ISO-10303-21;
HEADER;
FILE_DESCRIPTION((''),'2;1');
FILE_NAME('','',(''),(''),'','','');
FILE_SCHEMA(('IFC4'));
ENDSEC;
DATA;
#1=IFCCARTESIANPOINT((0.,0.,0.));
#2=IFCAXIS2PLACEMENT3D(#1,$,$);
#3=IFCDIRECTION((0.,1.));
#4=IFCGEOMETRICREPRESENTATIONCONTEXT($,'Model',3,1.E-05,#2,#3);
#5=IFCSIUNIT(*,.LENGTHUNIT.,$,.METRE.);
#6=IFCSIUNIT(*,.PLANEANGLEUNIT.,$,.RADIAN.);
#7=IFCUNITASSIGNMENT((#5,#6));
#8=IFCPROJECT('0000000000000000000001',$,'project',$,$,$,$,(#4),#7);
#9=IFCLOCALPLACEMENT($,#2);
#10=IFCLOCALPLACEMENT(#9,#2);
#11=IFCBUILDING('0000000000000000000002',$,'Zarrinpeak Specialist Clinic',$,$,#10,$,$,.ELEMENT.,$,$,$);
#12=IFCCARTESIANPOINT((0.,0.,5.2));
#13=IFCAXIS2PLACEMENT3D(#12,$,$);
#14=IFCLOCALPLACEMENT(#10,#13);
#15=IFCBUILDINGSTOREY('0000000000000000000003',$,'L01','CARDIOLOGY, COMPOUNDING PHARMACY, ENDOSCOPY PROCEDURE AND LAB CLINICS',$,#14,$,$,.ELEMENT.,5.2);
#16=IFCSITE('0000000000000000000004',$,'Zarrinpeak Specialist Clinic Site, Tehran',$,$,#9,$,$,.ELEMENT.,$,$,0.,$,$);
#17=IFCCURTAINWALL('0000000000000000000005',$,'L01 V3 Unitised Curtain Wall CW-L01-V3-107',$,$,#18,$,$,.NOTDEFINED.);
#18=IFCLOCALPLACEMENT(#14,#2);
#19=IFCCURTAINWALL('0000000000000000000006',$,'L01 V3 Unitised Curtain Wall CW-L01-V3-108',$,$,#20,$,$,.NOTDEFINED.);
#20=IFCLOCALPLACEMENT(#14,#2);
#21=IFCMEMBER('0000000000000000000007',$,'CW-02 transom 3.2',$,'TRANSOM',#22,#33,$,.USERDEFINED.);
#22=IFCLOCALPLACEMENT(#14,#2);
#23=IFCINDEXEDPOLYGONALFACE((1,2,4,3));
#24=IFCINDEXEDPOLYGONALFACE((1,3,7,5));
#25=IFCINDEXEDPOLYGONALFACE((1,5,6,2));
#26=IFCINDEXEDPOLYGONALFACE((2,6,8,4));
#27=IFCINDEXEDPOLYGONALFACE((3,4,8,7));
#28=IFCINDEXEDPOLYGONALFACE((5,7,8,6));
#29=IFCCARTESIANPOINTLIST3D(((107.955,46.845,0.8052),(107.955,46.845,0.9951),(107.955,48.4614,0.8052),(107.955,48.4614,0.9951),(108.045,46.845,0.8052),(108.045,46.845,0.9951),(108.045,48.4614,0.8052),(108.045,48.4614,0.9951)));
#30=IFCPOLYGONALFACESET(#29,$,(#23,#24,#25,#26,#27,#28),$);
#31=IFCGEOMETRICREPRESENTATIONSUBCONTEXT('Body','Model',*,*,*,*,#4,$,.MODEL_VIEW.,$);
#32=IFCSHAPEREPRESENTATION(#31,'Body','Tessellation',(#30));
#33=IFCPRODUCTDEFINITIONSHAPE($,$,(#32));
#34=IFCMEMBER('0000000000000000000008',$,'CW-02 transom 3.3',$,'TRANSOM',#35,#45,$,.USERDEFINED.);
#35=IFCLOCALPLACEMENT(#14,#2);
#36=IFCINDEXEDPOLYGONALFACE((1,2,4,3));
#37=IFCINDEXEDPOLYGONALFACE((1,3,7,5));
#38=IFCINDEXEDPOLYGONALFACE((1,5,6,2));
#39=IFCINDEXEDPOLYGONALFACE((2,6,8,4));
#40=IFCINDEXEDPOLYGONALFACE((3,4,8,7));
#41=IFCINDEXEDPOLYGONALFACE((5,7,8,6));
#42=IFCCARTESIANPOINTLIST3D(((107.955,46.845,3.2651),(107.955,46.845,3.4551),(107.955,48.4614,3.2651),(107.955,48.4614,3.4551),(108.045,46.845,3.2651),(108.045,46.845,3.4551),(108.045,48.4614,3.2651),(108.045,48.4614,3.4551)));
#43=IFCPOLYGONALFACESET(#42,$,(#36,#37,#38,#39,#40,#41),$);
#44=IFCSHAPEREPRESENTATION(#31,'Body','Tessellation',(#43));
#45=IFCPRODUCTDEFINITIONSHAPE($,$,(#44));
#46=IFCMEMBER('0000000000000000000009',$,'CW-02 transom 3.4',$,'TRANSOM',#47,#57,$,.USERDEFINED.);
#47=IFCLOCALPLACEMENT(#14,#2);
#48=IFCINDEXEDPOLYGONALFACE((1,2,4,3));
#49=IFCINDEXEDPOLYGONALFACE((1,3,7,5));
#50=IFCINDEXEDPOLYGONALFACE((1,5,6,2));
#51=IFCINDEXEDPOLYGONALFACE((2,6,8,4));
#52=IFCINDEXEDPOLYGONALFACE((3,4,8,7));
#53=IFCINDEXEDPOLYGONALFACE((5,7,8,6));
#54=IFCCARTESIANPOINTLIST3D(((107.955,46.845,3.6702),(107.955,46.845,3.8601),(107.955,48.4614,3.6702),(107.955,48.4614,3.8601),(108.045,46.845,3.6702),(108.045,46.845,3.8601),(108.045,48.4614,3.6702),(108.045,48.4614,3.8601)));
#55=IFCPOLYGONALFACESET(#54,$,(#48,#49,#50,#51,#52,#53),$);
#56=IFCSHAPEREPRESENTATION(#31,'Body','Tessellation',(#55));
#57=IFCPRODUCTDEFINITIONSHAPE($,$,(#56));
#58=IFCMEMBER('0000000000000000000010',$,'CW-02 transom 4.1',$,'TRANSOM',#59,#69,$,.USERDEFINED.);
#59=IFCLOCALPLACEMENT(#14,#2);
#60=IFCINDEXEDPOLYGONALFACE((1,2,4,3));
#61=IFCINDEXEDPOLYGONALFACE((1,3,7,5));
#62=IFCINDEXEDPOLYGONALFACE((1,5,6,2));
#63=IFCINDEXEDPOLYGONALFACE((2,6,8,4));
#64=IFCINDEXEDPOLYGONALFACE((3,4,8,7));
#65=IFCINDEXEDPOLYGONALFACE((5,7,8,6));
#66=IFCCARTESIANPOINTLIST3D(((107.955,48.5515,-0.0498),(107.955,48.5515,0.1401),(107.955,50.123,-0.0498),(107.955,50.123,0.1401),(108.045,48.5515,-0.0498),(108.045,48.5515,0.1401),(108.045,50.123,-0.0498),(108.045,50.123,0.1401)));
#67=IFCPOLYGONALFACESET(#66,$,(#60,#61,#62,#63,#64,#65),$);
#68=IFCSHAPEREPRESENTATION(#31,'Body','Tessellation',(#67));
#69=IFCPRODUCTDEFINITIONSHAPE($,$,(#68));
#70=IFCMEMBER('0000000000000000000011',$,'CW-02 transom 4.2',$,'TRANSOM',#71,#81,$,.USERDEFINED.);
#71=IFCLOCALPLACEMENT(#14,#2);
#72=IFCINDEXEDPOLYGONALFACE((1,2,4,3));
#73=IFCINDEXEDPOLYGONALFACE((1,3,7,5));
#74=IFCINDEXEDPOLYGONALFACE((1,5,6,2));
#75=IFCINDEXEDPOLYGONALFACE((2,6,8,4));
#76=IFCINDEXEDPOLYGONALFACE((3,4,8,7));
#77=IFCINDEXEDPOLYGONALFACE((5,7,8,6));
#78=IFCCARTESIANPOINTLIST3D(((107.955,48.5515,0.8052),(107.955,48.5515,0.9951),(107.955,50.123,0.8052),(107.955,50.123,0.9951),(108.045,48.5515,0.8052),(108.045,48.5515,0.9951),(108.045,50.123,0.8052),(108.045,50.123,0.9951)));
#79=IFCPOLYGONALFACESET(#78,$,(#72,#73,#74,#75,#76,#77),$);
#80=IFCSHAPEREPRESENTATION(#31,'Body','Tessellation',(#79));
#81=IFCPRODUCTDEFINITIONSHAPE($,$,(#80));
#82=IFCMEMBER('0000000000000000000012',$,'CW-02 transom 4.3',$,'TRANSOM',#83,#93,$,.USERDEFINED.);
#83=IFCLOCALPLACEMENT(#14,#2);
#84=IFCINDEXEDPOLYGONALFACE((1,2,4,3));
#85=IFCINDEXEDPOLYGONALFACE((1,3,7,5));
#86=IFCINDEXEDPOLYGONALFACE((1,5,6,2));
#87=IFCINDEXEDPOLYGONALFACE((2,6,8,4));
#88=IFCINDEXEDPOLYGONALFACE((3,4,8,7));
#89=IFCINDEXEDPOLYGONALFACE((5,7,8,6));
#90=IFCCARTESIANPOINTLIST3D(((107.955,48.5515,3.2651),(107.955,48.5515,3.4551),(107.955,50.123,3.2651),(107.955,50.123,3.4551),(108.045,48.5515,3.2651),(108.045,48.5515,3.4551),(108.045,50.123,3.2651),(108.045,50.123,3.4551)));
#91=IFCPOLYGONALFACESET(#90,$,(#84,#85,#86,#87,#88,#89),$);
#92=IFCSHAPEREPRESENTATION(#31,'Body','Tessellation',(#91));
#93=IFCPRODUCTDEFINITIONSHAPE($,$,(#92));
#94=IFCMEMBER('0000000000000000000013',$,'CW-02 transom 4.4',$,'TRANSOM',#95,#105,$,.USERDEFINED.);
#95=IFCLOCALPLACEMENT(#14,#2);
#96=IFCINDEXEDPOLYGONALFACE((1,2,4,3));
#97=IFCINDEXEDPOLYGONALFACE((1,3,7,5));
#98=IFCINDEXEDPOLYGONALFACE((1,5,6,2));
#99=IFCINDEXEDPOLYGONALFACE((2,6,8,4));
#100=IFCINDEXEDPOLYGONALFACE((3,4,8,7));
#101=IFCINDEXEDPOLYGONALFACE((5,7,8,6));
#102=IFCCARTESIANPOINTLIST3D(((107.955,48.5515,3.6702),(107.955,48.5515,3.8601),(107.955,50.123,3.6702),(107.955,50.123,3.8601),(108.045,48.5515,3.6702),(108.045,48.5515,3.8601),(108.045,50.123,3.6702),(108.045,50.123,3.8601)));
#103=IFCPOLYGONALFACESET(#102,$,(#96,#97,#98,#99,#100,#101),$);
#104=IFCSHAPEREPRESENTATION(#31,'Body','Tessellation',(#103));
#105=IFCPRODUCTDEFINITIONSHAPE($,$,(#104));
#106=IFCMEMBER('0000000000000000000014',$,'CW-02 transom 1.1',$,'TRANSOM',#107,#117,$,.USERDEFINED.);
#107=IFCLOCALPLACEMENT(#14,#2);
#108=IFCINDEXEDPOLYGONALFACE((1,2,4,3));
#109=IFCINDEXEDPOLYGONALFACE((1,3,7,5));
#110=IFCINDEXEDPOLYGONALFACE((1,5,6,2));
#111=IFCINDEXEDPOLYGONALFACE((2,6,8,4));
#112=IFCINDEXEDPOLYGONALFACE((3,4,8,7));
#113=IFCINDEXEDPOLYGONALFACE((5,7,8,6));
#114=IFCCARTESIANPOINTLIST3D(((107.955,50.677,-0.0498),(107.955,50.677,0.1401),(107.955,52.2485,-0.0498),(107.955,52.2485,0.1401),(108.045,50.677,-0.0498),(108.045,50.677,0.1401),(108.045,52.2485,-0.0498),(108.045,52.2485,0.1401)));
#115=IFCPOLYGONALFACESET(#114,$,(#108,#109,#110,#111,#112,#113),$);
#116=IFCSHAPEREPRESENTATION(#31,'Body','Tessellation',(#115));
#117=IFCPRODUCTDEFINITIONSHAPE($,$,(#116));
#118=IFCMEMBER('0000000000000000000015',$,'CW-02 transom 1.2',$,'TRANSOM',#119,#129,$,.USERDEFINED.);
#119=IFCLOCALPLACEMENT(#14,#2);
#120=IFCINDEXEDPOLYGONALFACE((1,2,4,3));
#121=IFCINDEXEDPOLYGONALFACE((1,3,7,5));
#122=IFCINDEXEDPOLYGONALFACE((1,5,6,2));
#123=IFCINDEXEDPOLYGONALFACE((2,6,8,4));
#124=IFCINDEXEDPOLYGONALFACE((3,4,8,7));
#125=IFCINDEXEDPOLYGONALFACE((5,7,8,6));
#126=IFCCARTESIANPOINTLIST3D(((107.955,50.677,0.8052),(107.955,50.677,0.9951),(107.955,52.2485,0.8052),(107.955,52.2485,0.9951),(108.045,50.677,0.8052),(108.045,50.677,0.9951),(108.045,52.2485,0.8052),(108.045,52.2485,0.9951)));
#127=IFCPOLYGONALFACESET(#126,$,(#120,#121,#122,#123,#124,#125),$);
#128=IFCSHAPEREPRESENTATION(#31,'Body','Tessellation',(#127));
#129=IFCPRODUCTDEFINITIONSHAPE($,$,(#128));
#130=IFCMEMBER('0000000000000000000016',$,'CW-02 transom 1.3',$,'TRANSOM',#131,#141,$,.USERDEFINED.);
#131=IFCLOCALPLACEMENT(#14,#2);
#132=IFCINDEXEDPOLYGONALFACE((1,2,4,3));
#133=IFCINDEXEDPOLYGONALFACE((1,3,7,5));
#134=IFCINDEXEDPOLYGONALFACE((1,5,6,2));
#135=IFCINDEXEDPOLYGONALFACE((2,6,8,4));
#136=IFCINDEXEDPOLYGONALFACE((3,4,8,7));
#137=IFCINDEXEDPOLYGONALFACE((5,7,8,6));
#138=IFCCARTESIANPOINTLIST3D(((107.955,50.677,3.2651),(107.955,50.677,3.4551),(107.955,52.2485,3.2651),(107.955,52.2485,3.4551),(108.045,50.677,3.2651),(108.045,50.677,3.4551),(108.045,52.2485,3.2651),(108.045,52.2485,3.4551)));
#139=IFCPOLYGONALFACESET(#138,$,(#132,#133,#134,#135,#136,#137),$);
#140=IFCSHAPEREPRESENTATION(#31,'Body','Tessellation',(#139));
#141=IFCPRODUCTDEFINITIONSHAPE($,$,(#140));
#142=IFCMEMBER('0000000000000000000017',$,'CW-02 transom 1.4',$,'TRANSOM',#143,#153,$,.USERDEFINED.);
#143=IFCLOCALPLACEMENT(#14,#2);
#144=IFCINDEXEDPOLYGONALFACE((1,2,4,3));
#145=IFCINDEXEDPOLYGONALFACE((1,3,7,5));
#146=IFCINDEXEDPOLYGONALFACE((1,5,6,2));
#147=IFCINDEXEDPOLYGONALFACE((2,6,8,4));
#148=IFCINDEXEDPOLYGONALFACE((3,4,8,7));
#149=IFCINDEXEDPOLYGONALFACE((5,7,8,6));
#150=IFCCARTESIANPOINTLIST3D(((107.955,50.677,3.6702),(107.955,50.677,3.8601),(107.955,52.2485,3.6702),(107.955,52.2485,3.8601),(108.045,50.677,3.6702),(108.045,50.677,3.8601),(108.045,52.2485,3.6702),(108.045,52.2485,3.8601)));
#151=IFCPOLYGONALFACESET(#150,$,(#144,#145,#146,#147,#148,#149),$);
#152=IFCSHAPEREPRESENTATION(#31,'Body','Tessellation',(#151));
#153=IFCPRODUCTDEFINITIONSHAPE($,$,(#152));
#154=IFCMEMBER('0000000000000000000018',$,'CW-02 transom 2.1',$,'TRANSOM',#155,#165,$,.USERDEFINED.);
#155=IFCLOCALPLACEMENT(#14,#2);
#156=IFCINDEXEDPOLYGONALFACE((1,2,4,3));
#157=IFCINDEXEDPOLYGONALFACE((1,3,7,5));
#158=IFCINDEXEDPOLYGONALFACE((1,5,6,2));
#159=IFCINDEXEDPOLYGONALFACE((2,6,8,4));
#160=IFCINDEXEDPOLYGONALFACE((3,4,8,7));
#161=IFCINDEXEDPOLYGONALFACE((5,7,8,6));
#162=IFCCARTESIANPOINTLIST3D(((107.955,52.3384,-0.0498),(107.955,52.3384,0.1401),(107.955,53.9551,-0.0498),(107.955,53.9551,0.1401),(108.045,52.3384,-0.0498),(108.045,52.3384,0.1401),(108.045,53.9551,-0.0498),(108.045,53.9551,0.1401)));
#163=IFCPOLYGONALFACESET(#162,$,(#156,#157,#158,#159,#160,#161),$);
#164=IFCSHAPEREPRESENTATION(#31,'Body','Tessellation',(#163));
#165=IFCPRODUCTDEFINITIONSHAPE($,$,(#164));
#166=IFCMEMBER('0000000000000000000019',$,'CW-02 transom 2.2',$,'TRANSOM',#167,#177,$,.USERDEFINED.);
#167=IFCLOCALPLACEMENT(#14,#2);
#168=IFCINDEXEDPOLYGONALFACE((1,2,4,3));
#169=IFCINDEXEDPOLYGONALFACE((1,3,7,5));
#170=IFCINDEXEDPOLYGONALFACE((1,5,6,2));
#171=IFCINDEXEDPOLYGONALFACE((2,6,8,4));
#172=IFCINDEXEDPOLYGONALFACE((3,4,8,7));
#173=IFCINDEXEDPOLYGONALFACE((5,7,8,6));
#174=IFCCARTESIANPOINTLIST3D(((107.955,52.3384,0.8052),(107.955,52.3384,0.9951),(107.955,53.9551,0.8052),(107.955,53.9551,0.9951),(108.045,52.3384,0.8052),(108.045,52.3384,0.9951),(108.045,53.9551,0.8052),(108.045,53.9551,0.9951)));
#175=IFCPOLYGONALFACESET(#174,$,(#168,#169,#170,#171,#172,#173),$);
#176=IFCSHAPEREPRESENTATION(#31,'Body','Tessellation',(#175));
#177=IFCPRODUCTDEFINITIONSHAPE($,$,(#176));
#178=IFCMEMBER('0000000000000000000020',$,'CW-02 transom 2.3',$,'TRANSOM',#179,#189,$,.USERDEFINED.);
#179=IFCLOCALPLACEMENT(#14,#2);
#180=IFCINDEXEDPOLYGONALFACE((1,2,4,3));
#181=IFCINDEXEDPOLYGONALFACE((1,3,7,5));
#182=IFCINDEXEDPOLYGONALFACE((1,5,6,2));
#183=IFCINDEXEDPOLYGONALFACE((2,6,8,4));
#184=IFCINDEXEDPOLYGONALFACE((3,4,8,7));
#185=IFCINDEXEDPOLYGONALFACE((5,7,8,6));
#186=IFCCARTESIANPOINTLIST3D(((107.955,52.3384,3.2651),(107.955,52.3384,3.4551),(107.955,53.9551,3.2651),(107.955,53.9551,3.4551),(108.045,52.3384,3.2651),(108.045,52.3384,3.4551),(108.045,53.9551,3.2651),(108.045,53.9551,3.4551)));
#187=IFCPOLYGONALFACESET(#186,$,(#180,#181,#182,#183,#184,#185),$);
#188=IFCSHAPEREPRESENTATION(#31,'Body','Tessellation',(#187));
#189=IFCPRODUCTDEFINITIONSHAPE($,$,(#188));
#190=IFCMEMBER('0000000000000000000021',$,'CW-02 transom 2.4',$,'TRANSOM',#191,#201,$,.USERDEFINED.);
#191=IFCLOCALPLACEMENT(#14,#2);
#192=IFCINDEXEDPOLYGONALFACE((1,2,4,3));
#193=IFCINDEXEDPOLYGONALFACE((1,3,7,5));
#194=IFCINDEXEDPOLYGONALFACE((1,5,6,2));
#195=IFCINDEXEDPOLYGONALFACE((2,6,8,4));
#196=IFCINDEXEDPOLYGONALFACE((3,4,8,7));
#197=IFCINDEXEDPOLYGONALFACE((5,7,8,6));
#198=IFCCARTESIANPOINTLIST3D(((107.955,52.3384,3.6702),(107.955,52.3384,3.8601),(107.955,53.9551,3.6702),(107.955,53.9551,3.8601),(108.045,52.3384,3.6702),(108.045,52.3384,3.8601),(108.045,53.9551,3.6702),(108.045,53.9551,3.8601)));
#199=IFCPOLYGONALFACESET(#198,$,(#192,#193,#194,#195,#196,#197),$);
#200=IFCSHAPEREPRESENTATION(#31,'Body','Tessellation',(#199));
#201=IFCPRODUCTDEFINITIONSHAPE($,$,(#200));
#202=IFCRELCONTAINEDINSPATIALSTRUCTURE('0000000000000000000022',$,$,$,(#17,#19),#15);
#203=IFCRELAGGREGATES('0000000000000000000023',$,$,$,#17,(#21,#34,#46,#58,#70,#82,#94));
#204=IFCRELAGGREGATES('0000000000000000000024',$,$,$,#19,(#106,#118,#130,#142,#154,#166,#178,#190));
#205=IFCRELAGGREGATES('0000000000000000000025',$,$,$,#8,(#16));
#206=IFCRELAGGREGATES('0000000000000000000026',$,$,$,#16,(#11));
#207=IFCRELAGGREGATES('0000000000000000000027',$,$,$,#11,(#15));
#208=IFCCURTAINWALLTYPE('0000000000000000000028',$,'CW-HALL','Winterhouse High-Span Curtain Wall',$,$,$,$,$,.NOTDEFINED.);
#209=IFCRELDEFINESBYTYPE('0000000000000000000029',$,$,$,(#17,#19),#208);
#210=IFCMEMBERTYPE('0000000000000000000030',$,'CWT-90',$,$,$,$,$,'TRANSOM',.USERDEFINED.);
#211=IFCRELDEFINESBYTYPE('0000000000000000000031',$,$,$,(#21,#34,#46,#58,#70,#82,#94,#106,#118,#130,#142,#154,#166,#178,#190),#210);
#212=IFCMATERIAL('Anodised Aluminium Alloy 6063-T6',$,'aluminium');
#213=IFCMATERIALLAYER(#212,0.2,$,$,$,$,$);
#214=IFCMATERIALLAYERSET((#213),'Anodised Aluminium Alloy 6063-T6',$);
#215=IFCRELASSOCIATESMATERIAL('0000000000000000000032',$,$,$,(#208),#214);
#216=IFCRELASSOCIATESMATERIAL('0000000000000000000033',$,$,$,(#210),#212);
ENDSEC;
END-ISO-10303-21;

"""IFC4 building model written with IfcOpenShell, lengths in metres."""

from ifc_helpers import new_model, si_unit, direction, frame, origin, origin_2d, place, context, subcontext, project, spatial, rectangle, extrude, material, layer, layer_set, material_profile, profile_set, type_object, element, aggregate, save


model = new_model("IFC4")

# Units and contexts
model_context = context("Model", 3, precision=1e-05, world=origin(), true_north=direction((0.0, 1.0)))
body_context = subcontext(model_context, "Body", "Model", "MODEL_VIEW")
ifc_project = project(units=[si_unit("LENGTHUNIT", "METRE"), si_unit("PLANEANGLEUNIT", "RADIAN")], contexts=[model_context])

# Site, building, storey
site_placement = place(None, origin())
site = spatial("IfcSite", under=ifc_project, at=site_placement, Name="Zarrinpeak Specialist Clinic Site, Tehran", CompositionType="ELEMENT", RefElevation=0.0)
building_placement = place(site_placement, origin())
building = spatial("IfcBuilding", under=site, at=building_placement, Name="Zarrinpeak Specialist Clinic", CompositionType="ELEMENT")
storey_placement = place(building_placement, frame((0.0, 0.0, 5.2)))
storey = spatial("IfcBuildingStorey", under=building, at=storey_placement, Name="L01", Description="CARDIOLOGY, COMPOUNDING PHARMACY, ENDOSCOPY PROCEDURE AND LAB CLINICS", CompositionType="ELEMENT", Elevation=5.2)

# Curtain walls
ifc_material_1 = material(Name="Anodised Aluminium Alloy 6063-T6", Category="aluminium")
ifc_layer_1 = layer(ifc_material_1, 0.2)
ifc_layer_set_1 = layer_set([ifc_layer_1], Name="Anodised Aluminium Alloy 6063-T6")
curtain_wall_type = type_object("IfcCurtainWallType", Name="CW-HALL", Description="Winterhouse High-Span Curtain Wall", PredefinedType="NOTDEFINED", material=ifc_layer_set_1)
curtain_wall_1_placement = place(storey_placement, origin())
curtain_wall_1 = element("IfcCurtainWall", 1, at=curtain_wall_1_placement, inside=storey, type_object=curtain_wall_type, Name="L01 V3 Unitised Curtain Wall CW-L01-V3-107", PredefinedType="NOTDEFINED")
curtain_wall_2_placement = place(storey_placement, origin())
curtain_wall_2 = element("IfcCurtainWall", 2, at=curtain_wall_2_placement, inside=storey, type_object=curtain_wall_type, Name="L01 V3 Unitised Curtain Wall CW-L01-V3-108", PredefinedType="NOTDEFINED")

# Members
ifc_material_profile_1 = material_profile(ifc_material_1, rectangle(XDim=0.0901, YDim=0.1899, at=origin_2d()), Name="ALU 90x190")
ifc_profile_set_1 = profile_set([ifc_material_profile_1], Name="Anodised Aluminium Alloy 6063-T6")
member_type_1 = type_object("IfcMemberType", Name="CWT-90", ElementType="TRANSOM", PredefinedType="USERDEFINED", material=ifc_profile_set_1)
member_1_placement = place(storey_placement, frame((108.0, 46.845, 0.9001), z_axis=(0.0, 1.0, 0.0), x_axis=(-1.0, 0.0, 0.0)))
member_1 = element("IfcMember", 3, at=member_1_placement, type_object=member_type_1, Name="CW-02 transom 3.2", ObjectType="TRANSOM", PredefinedType="USERDEFINED", context=body_context, shape_type="SweptSolid", body=[
    extrude(rectangle(XDim=0.0901, YDim=0.1899, at=origin_2d()), origin(), (0.0, 0.0, 1.0), 1.6165),
])
member_2_placement = place(storey_placement, frame((108.0, 46.845, 3.3601), z_axis=(0.0, 1.0, 0.0), x_axis=(-1.0, 0.0, 0.0)))
member_2 = element("IfcMember", 4, at=member_2_placement, type_object=member_type_1, Name="CW-02 transom 3.3", ObjectType="TRANSOM", PredefinedType="USERDEFINED", context=body_context, shape_type="SweptSolid", body=[
    extrude(rectangle(XDim=0.0901, YDim=0.1899, at=origin_2d()), origin(), (0.0, 0.0, 1.0), 1.6165),
])
member_3_placement = place(storey_placement, frame((108.0, 46.845, 3.7651), z_axis=(0.0, 1.0, 0.0), x_axis=(-1.0, 0.0, 0.0)))
member_3 = element("IfcMember", 5, at=member_3_placement, type_object=member_type_1, Name="CW-02 transom 3.4", ObjectType="TRANSOM", PredefinedType="USERDEFINED", context=body_context, shape_type="SweptSolid", body=[
    extrude(rectangle(XDim=0.0901, YDim=0.1899, at=origin_2d()), origin(), (0.0, 0.0, 1.0), 1.6165),
])
member_4_placement = place(storey_placement, frame((108.0, 48.5515, 0.0452), z_axis=(0.0, 1.0, 0.0), x_axis=(-1.0, 0.0, 0.0)))
member_4 = element("IfcMember", 6, at=member_4_placement, type_object=member_type_1, Name="CW-02 transom 4.1", ObjectType="TRANSOM", PredefinedType="USERDEFINED", context=body_context, shape_type="SweptSolid", body=[
    extrude(rectangle(XDim=0.0901, YDim=0.1899, at=origin_2d()), origin(), (0.0, 0.0, 1.0), 1.5715),
])
member_5_placement = place(storey_placement, frame((108.0, 48.5515, 0.9001), z_axis=(0.0, 1.0, 0.0), x_axis=(-1.0, 0.0, 0.0)))
member_5 = element("IfcMember", 7, at=member_5_placement, type_object=member_type_1, Name="CW-02 transom 4.2", ObjectType="TRANSOM", PredefinedType="USERDEFINED", context=body_context, shape_type="SweptSolid", body=[
    extrude(rectangle(XDim=0.0901, YDim=0.1899, at=origin_2d()), origin(), (0.0, 0.0, 1.0), 1.5715),
])
member_6_placement = place(storey_placement, frame((108.0, 48.5515, 3.3601), z_axis=(0.0, 1.0, 0.0), x_axis=(-1.0, 0.0, 0.0)))
member_6 = element("IfcMember", 8, at=member_6_placement, type_object=member_type_1, Name="CW-02 transom 4.3", ObjectType="TRANSOM", PredefinedType="USERDEFINED", context=body_context, shape_type="SweptSolid", body=[
    extrude(rectangle(XDim=0.0901, YDim=0.1899, at=origin_2d()), origin(), (0.0, 0.0, 1.0), 1.5715),
])
member_7_placement = place(storey_placement, frame((108.0, 48.5515, 3.7651), z_axis=(0.0, 1.0, 0.0), x_axis=(-1.0, 0.0, 0.0)))
member_7 = element("IfcMember", 9, at=member_7_placement, type_object=member_type_1, Name="CW-02 transom 4.4", ObjectType="TRANSOM", PredefinedType="USERDEFINED", context=body_context, shape_type="SweptSolid", body=[
    extrude(rectangle(XDim=0.0901, YDim=0.1899, at=origin_2d()), origin(), (0.0, 0.0, 1.0), 1.5715),
])
member_8_placement = place(storey_placement, frame((108.0, 50.677, 0.0452), z_axis=(0.0, 1.0, 0.0), x_axis=(-1.0, 0.0, 0.0)))
member_8 = element("IfcMember", 10, at=member_8_placement, type_object=member_type_1, Name="CW-02 transom 1.1", ObjectType="TRANSOM", PredefinedType="USERDEFINED", context=body_context, shape_type="SweptSolid", body=[
    extrude(rectangle(XDim=0.0901, YDim=0.1899, at=origin_2d()), origin(), (0.0, 0.0, 1.0), 1.5715),
])
member_9_placement = place(storey_placement, frame((108.0, 50.677, 0.9001), z_axis=(0.0, 1.0, 0.0), x_axis=(-1.0, 0.0, 0.0)))
member_9 = element("IfcMember", 11, at=member_9_placement, type_object=member_type_1, Name="CW-02 transom 1.2", ObjectType="TRANSOM", PredefinedType="USERDEFINED", context=body_context, shape_type="SweptSolid", body=[
    extrude(rectangle(XDim=0.0901, YDim=0.1899, at=origin_2d()), origin(), (0.0, 0.0, 1.0), 1.5715),
])
member_10_placement = place(storey_placement, frame((108.0, 50.677, 3.3601), z_axis=(0.0, 1.0, 0.0), x_axis=(-1.0, 0.0, 0.0)))
member_10 = element("IfcMember", 12, at=member_10_placement, type_object=member_type_1, Name="CW-02 transom 1.3", ObjectType="TRANSOM", PredefinedType="USERDEFINED", context=body_context, shape_type="SweptSolid", body=[
    extrude(rectangle(XDim=0.0901, YDim=0.1899, at=origin_2d()), origin(), (0.0, 0.0, 1.0), 1.5715),
])
member_11_placement = place(storey_placement, frame((108.0, 50.677, 3.7651), z_axis=(0.0, 1.0, 0.0), x_axis=(-1.0, 0.0, 0.0)))
member_11 = element("IfcMember", 13, at=member_11_placement, type_object=member_type_1, Name="CW-02 transom 1.4", ObjectType="TRANSOM", PredefinedType="USERDEFINED", context=body_context, shape_type="SweptSolid", body=[
    extrude(rectangle(XDim=0.0901, YDim=0.1899, at=origin_2d()), origin(), (0.0, 0.0, 1.0), 1.5715),
])
member_12_placement = place(storey_placement, frame((108.0, 52.3384, 0.0452), z_axis=(0.0, 1.0, 0.0), x_axis=(-1.0, 0.0, 0.0)))
member_12 = element("IfcMember", 14, at=member_12_placement, type_object=member_type_1, Name="CW-02 transom 2.1", ObjectType="TRANSOM", PredefinedType="USERDEFINED", context=body_context, shape_type="SweptSolid", body=[
    extrude(rectangle(XDim=0.0901, YDim=0.1899, at=origin_2d()), origin(), (0.0, 0.0, 1.0), 1.6167),
])
member_13_placement = place(storey_placement, frame((108.0, 52.3384, 0.9001), z_axis=(0.0, 1.0, 0.0), x_axis=(-1.0, 0.0, 0.0)))
member_13 = element("IfcMember", 15, at=member_13_placement, type_object=member_type_1, Name="CW-02 transom 2.2", ObjectType="TRANSOM", PredefinedType="USERDEFINED", context=body_context, shape_type="SweptSolid", body=[
    extrude(rectangle(XDim=0.0901, YDim=0.1899, at=origin_2d()), origin(), (0.0, 0.0, 1.0), 1.6167),
])
member_14_placement = place(storey_placement, frame((108.0, 52.3384, 3.3601), z_axis=(0.0, 1.0, 0.0), x_axis=(-1.0, 0.0, 0.0)))
member_14 = element("IfcMember", 16, at=member_14_placement, type_object=member_type_1, Name="CW-02 transom 2.3", ObjectType="TRANSOM", PredefinedType="USERDEFINED", context=body_context, shape_type="SweptSolid", body=[
    extrude(rectangle(XDim=0.0901, YDim=0.1899, at=origin_2d()), origin(), (0.0, 0.0, 1.0), 1.6167),
])
member_15_placement = place(storey_placement, frame((108.0, 52.3384, 3.7651), z_axis=(0.0, 1.0, 0.0), x_axis=(-1.0, 0.0, 0.0)))
member_15 = element("IfcMember", 17, at=member_15_placement, type_object=member_type_1, Name="CW-02 transom 2.4", ObjectType="TRANSOM", PredefinedType="USERDEFINED", context=body_context, shape_type="SweptSolid", body=[
    extrude(rectangle(XDim=0.0901, YDim=0.1899, at=origin_2d()), origin(), (0.0, 0.0, 1.0), 1.6167),
])

aggregate(curtain_wall_1, [member_1, member_2, member_3, member_4, member_5, member_6, member_7])
aggregate(curtain_wall_2, [member_8, member_9, member_10, member_11, member_12, member_13, member_14, member_15])

save(model, "model.ifc")
